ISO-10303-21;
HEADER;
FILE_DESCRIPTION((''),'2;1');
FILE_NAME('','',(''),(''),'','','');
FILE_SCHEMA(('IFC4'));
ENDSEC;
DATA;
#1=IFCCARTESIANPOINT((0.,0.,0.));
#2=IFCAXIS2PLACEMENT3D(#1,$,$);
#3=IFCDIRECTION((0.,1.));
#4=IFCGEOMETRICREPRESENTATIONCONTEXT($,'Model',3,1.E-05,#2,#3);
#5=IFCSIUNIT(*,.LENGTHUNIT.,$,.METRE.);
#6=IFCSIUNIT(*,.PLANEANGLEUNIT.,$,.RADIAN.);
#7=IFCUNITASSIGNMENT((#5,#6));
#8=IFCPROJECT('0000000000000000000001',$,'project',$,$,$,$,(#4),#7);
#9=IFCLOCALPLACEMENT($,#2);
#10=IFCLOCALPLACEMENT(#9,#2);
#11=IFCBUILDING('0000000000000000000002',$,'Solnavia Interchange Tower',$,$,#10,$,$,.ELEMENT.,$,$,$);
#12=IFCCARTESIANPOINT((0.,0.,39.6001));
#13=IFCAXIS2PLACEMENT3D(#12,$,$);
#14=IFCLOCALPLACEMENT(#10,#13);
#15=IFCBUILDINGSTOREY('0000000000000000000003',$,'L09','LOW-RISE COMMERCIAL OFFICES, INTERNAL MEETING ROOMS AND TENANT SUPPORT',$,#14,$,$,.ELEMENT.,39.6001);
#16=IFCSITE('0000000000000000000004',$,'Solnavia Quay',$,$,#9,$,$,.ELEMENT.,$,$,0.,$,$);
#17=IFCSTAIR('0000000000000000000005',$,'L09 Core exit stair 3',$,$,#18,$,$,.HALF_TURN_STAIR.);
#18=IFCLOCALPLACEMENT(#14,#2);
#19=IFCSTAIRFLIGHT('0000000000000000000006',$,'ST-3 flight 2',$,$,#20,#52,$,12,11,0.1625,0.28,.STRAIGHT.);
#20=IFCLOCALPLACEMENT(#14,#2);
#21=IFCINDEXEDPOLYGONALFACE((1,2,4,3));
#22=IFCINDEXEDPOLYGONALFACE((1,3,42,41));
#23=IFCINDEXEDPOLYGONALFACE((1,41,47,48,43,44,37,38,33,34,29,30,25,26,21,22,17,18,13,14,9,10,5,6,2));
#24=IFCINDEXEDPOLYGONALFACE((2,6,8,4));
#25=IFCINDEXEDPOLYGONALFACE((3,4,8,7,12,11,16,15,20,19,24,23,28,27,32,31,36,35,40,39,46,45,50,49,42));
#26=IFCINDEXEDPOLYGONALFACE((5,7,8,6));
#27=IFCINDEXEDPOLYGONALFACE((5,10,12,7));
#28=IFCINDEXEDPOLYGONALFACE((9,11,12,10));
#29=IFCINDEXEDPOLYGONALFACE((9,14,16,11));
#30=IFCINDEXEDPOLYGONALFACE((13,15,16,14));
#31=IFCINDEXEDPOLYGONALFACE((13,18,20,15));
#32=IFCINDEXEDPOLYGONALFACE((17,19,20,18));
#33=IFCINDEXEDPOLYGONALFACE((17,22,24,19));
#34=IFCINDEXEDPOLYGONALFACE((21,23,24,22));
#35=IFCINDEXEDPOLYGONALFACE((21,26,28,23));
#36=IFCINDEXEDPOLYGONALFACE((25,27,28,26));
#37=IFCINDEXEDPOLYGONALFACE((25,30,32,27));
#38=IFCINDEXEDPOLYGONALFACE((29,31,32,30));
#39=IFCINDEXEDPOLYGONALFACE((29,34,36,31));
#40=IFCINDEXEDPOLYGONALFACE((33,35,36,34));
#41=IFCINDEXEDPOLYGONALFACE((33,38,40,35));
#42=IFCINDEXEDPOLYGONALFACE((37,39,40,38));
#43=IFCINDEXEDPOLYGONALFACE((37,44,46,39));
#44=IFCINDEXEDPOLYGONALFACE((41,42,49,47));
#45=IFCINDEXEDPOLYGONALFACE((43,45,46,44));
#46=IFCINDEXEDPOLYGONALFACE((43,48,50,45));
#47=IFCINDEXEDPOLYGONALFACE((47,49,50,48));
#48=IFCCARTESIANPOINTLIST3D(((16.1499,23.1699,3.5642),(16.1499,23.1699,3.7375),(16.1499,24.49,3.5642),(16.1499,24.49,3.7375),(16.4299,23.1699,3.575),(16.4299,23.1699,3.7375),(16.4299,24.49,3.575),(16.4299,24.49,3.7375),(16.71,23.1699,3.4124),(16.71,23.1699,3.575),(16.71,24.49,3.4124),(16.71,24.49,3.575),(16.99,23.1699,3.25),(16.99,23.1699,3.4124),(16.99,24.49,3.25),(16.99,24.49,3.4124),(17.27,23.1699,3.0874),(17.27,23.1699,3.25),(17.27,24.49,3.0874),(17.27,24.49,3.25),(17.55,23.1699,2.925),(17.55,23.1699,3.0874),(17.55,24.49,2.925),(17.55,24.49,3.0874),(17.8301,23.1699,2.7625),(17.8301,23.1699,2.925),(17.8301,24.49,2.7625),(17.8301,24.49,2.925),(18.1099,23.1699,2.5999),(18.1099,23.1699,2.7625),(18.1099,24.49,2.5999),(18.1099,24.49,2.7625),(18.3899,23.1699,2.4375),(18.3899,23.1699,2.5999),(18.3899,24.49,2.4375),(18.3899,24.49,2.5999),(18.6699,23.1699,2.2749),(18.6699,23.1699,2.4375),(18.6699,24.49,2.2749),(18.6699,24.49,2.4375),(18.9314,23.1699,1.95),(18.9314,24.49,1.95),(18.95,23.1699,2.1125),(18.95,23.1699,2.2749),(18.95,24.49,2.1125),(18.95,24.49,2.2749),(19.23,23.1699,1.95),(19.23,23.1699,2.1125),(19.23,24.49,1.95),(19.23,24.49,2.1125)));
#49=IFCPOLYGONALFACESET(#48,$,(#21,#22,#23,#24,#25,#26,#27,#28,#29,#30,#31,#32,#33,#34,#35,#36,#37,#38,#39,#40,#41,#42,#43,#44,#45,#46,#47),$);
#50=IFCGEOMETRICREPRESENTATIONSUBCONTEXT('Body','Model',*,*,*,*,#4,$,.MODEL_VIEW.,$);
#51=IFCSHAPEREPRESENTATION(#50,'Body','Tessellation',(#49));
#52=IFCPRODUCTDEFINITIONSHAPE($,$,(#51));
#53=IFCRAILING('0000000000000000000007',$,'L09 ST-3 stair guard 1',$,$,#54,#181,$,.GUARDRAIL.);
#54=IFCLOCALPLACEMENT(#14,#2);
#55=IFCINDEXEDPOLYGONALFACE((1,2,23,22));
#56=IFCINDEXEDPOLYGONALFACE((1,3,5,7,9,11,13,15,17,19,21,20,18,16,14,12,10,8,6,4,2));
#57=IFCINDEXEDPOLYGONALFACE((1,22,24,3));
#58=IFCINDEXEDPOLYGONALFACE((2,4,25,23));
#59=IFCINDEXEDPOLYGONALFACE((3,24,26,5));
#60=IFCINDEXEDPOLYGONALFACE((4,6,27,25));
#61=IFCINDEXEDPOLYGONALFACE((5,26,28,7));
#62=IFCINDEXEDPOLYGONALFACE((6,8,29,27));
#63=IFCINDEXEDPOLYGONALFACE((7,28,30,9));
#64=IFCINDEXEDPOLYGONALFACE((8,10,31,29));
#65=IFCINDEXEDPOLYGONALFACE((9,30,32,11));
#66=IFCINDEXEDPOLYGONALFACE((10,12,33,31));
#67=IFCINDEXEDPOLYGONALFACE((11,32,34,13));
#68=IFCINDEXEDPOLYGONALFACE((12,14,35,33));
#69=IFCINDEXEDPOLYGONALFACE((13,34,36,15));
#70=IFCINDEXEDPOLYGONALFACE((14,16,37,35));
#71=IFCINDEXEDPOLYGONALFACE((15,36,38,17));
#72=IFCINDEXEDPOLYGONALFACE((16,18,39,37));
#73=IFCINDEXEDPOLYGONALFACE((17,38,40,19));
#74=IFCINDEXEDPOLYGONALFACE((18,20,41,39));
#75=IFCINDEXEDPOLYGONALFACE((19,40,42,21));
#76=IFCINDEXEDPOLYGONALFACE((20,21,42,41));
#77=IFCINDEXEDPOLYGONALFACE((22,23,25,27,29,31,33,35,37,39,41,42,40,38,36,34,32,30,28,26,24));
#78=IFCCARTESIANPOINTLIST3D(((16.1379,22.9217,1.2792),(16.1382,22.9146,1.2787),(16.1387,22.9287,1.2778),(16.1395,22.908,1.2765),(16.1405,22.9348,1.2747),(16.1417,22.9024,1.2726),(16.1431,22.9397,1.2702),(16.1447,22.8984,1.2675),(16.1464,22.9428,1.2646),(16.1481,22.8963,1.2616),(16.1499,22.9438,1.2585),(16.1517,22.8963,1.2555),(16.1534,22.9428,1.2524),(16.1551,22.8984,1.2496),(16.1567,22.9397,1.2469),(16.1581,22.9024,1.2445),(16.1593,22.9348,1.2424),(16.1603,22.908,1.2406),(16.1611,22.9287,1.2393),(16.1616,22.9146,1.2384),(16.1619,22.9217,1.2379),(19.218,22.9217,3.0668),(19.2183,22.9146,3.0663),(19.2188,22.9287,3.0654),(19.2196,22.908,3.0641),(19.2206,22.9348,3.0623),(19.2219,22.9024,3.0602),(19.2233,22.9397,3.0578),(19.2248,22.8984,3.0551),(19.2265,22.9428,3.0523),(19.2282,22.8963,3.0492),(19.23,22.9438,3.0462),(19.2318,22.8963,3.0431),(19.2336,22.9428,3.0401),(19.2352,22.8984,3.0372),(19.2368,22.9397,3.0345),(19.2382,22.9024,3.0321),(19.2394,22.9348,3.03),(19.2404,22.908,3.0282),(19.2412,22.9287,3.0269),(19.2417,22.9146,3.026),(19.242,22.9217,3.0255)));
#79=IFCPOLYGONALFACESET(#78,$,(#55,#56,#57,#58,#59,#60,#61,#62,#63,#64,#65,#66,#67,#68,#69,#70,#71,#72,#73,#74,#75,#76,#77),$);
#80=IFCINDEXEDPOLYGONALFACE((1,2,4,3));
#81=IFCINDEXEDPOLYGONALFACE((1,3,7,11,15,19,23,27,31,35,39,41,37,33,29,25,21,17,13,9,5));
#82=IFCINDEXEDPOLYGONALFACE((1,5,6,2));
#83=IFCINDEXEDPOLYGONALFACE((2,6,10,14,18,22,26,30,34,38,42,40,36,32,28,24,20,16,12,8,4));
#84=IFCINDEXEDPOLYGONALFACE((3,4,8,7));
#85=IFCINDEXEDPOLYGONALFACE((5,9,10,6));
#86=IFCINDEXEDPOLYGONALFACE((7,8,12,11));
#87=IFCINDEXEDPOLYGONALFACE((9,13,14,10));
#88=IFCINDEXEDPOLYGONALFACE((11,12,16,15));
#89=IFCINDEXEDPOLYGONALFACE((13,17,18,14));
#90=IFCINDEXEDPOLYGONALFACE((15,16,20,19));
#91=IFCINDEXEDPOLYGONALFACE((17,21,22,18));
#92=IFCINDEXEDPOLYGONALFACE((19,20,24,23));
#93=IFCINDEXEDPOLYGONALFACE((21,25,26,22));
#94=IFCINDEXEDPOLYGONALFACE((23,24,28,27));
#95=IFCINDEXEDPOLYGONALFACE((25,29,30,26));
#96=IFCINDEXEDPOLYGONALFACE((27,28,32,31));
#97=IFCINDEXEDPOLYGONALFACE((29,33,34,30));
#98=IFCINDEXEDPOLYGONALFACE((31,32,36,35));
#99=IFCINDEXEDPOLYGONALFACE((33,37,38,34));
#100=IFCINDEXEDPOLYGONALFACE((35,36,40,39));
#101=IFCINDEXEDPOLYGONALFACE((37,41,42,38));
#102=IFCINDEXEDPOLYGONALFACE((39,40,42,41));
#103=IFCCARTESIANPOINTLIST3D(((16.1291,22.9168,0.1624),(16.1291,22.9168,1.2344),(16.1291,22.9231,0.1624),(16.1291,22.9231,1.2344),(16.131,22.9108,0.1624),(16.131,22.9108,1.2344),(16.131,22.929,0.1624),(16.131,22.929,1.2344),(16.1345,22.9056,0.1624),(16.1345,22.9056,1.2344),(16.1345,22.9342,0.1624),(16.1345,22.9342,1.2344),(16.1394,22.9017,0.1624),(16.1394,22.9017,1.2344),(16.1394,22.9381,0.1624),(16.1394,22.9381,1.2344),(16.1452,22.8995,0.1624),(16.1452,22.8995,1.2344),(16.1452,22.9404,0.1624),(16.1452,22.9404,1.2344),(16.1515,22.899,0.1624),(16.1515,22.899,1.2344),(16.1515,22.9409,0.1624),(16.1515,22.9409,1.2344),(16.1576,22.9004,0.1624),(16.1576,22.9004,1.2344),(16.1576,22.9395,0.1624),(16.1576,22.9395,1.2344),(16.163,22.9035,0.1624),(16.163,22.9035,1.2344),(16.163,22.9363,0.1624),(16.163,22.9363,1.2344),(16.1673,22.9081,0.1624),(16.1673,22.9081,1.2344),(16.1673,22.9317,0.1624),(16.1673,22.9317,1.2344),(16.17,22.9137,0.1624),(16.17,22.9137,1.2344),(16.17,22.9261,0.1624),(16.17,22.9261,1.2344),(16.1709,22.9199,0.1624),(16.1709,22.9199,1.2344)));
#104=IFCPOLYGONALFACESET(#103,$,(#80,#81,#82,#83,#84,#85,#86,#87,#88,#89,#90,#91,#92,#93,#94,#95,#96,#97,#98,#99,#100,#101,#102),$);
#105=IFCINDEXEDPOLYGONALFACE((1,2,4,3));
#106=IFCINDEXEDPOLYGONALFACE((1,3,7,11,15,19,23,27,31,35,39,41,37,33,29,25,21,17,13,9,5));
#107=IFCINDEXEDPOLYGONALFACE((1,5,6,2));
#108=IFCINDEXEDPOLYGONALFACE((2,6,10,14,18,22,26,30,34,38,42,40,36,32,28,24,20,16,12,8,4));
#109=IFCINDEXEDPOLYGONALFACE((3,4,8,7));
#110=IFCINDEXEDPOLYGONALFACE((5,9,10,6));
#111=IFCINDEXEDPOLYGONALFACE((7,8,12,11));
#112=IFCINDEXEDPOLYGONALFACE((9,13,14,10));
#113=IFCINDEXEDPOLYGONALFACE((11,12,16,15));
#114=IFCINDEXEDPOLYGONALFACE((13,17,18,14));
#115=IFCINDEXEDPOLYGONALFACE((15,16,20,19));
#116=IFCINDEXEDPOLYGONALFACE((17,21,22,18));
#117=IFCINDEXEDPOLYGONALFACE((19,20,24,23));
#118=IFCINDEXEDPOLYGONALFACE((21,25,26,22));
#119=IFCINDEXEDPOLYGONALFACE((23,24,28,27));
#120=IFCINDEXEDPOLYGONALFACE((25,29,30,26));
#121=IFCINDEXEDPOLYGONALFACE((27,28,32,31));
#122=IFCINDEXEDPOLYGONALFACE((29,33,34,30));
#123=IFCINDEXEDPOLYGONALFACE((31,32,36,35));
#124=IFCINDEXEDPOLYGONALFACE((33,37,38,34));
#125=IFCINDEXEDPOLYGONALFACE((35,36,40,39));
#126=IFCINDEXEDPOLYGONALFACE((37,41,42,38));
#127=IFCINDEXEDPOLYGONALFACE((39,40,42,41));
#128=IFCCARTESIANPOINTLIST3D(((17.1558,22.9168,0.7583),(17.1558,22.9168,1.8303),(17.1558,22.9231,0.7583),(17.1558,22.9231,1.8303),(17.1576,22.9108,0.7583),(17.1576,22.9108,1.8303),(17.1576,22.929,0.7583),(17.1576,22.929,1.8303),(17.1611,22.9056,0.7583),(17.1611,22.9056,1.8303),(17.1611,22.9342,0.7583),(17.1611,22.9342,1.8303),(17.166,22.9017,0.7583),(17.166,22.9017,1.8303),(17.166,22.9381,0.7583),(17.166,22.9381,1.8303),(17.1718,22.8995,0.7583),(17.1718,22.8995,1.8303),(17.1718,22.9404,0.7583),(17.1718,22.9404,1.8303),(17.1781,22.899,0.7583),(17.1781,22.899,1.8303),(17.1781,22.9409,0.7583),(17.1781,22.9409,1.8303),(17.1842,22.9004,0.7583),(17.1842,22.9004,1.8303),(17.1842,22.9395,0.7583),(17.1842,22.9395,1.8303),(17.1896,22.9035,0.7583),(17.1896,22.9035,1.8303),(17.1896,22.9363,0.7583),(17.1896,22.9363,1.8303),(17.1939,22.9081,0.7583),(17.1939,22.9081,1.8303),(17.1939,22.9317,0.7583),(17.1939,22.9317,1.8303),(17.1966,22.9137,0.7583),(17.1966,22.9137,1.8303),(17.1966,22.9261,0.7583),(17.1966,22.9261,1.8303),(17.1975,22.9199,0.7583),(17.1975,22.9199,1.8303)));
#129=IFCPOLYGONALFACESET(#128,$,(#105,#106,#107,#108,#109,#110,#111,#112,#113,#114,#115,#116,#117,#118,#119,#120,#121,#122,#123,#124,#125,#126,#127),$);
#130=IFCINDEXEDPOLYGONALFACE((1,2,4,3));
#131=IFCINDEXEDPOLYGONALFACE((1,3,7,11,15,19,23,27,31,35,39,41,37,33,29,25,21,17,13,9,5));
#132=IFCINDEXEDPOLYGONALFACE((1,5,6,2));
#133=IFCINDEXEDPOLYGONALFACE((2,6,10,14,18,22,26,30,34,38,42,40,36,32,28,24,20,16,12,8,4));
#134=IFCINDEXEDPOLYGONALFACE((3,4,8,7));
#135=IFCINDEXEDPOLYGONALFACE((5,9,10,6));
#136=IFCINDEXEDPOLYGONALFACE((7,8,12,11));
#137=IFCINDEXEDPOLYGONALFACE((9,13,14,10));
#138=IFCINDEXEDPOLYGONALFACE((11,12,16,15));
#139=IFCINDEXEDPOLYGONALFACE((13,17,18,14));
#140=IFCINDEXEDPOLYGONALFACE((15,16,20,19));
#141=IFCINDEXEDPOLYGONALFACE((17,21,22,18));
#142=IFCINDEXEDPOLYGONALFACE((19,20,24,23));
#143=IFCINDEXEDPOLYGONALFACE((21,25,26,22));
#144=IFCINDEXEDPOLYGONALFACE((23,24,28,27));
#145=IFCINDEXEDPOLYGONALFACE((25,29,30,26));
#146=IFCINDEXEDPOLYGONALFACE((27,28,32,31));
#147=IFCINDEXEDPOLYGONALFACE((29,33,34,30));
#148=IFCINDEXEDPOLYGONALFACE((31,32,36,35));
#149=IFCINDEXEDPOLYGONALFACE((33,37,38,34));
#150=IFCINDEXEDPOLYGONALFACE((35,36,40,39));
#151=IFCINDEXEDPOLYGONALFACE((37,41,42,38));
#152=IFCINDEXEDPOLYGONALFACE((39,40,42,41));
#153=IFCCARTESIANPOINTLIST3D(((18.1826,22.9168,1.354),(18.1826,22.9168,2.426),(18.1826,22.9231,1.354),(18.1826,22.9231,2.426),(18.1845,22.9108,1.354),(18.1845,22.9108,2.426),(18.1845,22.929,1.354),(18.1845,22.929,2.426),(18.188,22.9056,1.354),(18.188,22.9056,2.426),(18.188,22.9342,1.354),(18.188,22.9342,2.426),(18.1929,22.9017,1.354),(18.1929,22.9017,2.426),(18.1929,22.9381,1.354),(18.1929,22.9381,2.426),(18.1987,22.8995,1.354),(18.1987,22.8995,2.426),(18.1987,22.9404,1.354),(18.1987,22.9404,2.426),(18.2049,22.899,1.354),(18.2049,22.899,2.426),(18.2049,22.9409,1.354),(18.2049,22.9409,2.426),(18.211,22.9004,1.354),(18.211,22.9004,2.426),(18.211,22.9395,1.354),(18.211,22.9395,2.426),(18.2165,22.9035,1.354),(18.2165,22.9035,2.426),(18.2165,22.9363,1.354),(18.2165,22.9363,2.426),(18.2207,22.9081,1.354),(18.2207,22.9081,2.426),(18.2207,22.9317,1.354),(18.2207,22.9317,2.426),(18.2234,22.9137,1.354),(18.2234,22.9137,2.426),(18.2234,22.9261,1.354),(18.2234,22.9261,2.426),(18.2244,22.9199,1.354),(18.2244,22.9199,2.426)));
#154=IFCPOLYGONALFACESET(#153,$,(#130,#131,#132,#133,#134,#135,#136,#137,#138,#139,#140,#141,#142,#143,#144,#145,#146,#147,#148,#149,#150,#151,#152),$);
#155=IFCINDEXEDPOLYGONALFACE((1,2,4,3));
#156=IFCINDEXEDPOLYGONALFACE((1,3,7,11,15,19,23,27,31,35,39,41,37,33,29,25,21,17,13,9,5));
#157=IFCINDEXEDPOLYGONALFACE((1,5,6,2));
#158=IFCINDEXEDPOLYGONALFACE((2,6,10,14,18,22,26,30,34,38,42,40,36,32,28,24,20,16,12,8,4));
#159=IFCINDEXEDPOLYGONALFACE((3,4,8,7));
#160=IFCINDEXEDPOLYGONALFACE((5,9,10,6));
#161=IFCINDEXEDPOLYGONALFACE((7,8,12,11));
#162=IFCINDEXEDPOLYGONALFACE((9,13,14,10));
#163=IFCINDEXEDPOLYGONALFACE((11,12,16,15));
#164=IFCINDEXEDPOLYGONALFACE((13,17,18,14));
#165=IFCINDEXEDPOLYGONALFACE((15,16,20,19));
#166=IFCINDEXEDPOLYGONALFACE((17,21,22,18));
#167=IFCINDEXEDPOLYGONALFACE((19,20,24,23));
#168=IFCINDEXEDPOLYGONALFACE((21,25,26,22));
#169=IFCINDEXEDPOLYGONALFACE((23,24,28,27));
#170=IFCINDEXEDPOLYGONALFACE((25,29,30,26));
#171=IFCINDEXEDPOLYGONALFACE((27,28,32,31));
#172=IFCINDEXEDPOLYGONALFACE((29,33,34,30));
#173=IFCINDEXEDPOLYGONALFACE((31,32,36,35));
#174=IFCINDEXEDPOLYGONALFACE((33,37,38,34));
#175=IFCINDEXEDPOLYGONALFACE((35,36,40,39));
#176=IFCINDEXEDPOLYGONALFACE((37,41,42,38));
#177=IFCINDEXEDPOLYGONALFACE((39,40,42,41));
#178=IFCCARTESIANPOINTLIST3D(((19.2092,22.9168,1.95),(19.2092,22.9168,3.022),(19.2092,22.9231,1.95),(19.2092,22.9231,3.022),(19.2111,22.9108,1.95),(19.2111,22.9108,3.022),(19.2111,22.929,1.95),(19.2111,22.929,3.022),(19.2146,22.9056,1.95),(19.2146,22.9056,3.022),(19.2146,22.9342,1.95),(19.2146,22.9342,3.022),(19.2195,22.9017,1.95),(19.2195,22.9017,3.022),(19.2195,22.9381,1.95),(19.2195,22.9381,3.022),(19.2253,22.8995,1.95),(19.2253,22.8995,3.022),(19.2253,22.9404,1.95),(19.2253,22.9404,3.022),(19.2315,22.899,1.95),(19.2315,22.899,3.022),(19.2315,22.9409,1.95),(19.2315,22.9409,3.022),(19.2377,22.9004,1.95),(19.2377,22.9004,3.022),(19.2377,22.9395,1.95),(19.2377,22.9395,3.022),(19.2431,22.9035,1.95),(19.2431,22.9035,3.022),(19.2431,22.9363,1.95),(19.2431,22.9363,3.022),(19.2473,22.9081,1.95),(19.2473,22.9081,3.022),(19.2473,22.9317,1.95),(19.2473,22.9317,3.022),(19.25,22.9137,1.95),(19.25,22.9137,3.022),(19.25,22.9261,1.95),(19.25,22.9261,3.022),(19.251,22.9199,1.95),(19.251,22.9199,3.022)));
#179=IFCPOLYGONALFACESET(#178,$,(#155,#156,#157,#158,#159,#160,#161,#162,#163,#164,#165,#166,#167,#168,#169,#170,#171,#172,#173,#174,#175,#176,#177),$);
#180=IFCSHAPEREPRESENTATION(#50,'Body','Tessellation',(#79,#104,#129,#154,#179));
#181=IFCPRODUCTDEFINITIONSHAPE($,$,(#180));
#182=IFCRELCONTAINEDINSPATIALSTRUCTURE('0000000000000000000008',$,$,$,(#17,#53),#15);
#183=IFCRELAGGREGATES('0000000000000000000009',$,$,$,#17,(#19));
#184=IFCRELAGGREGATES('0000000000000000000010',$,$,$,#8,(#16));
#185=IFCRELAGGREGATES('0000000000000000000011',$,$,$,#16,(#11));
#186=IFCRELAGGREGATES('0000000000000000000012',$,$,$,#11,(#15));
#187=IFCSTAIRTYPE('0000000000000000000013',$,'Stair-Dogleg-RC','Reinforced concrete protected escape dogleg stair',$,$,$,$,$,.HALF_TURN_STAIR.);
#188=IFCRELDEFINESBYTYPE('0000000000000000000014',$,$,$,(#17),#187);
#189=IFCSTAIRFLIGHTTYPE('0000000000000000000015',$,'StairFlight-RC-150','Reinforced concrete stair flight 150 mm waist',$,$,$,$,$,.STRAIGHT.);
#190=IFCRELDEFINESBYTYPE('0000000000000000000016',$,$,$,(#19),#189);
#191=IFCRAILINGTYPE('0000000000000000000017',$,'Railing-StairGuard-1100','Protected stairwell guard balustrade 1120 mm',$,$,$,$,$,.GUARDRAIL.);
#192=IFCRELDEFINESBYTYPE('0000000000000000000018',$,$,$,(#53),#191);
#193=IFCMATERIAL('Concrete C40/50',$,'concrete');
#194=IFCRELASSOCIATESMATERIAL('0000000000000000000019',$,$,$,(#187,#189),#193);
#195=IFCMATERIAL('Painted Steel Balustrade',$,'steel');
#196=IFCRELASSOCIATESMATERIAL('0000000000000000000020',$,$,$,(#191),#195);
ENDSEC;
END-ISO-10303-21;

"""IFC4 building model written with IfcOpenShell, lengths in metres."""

from ifc_helpers import new_model, si_unit, direction, frame, origin, origin_2d, place, context, subcontext, project, spatial, polyline, circle, outline, extrude, material, type_object, element, aggregate, save


model = new_model("IFC4")

# Units and contexts
model_context = context("Model", 3, precision=1e-05, world=origin(), true_north=direction((0.0, 1.0)))
body_context = subcontext(model_context, "Body", "Model", "MODEL_VIEW")
ifc_project = project(units=[si_unit("LENGTHUNIT", "METRE"), si_unit("PLANEANGLEUNIT", "RADIAN")], contexts=[model_context])

# Site, building, storey
site_placement = place(None, origin())
site = spatial("IfcSite", under=ifc_project, at=site_placement, Name="Solnavia Quay", CompositionType="ELEMENT", RefElevation=0.0)
building_placement = place(site_placement, origin())
building = spatial("IfcBuilding", under=site, at=building_placement, Name="Solnavia Interchange Tower", CompositionType="ELEMENT")
storey_placement = place(building_placement, frame((0.0, 0.0, 39.6001)))
storey = spatial("IfcBuildingStorey", under=building, at=storey_placement, Name="L09", Description="LOW-RISE COMMERCIAL OFFICES, INTERNAL MEETING ROOMS AND TENANT SUPPORT", CompositionType="ELEMENT", Elevation=39.6001)

# Shared definitions
ifc_material_1 = material(Name="Concrete C40/50", Category="concrete")

# Stair, stair flight
stair_type = type_object("IfcStairType", Name="Stair-Dogleg-RC", Description="Reinforced concrete protected escape dogleg stair", PredefinedType="HALF_TURN_STAIR", material=ifc_material_1)
stair_placement = place(storey_placement, origin())
stair = element("IfcStair", 1, at=stair_placement, inside=storey, type_object=stair_type, Name="L09 Core exit stair 3", PredefinedType="HALF_TURN_STAIR")
stair_flight_type = type_object("IfcStairFlightType", Name="StairFlight-RC-150", Description="Reinforced concrete stair flight 150 mm waist", PredefinedType="STRAIGHT", material=ifc_material_1)
stair_flight_1_placement = place(storey_placement, frame((19.23, 23.8301, 1.95), z_axis=(0.0, 0.0, 1.0), x_axis=(-1.0, 0.0, 0.0)))
stair_flight_1 = element("IfcStairFlight", 2, at=stair_flight_1_placement, type_object=stair_flight_type, Name="ST-3 flight 2", NumberOfRisers=12, NumberOfTreads=11, PredefinedType="STRAIGHT", RiserHeight=0.1625, TreadLength=0.28, context=body_context, shape_type="SweptSolid", body=[
    extrude(outline(polyline([(0.0, 0.0), (0.0, 0.1626), (0.28, 0.1626), (0.28, 0.325), (0.5601, 0.325), (0.5601, 0.4875), (0.8401, 0.4875), (0.8401, 0.6499), (1.1201, 0.6499), (1.1201, 0.8125), (1.3999, 0.8125), (1.3999, 0.9751), (1.6799, 0.9751), (1.6799, 1.1375), (1.96, 1.1375), (1.96, 1.3), (2.24, 1.3), (2.24, 1.4624), (2.52, 1.4624), (2.52, 1.625), (2.8, 1.625), (2.8, 1.7876), (3.0801, 1.7876), (3.0801, 1.95), (3.0801, 1.6143), (0.2986, 0.0), (0.0, 0.0)])), frame((0.0, 0.6602, 0.0), z_axis=(0.0, -1.0, 0.0), x_axis=(1.0, 0.0, 0.0)), (0.0, 0.0, 1.0), 1.3201),
])
aggregate(stair, [stair_flight_1])

# Railing
ifc_material_2 = material(Name="Painted Steel Balustrade", Category="steel")
railing_type_1 = type_object("IfcRailingType", Name="Railing-StairGuard-1100", Description="Protected stairwell guard balustrade 1120 mm", PredefinedType="GUARDRAIL", material=ifc_material_2)
railing_1_placement = place(storey_placement, frame((16.1499, 22.9199, 0.1624)))
element("IfcRailing", 3, at=railing_1_placement, inside=storey, type_object=railing_type_1, Name="L09 ST-3 stair guard 1", PredefinedType="GUARDRAIL", context=body_context, shape_type="SweptSolid", body=[
    extrude(circle(Radius=0.0239, at=origin_2d()), frame((0.0, 0.0, 1.0962), z_axis=(0.864891, 0.0, 0.50196), x_axis=(0.0, 1.0, 0.0)), (0.0, 0.0, 1.0), 3.5613),
    extrude(circle(Radius=0.021, at=origin_2d()), origin(), (0.0, 0.0, 1.0), 1.072),
    extrude(circle(Radius=0.021, at=origin_2d()), frame((1.0266, 0.0, 0.5959)), (0.0, 0.0, 1.0), 1.072),
    extrude(circle(Radius=0.021, at=origin_2d()), frame((2.0535, 0.0, 1.1917)), (0.0, 0.0, 1.0), 1.072),
    extrude(circle(Radius=0.021, at=origin_2d()), frame((3.0801, 0.0, 1.7876)), (0.0, 0.0, 1.0), 1.072),
])

save(model, "model.ifc")
